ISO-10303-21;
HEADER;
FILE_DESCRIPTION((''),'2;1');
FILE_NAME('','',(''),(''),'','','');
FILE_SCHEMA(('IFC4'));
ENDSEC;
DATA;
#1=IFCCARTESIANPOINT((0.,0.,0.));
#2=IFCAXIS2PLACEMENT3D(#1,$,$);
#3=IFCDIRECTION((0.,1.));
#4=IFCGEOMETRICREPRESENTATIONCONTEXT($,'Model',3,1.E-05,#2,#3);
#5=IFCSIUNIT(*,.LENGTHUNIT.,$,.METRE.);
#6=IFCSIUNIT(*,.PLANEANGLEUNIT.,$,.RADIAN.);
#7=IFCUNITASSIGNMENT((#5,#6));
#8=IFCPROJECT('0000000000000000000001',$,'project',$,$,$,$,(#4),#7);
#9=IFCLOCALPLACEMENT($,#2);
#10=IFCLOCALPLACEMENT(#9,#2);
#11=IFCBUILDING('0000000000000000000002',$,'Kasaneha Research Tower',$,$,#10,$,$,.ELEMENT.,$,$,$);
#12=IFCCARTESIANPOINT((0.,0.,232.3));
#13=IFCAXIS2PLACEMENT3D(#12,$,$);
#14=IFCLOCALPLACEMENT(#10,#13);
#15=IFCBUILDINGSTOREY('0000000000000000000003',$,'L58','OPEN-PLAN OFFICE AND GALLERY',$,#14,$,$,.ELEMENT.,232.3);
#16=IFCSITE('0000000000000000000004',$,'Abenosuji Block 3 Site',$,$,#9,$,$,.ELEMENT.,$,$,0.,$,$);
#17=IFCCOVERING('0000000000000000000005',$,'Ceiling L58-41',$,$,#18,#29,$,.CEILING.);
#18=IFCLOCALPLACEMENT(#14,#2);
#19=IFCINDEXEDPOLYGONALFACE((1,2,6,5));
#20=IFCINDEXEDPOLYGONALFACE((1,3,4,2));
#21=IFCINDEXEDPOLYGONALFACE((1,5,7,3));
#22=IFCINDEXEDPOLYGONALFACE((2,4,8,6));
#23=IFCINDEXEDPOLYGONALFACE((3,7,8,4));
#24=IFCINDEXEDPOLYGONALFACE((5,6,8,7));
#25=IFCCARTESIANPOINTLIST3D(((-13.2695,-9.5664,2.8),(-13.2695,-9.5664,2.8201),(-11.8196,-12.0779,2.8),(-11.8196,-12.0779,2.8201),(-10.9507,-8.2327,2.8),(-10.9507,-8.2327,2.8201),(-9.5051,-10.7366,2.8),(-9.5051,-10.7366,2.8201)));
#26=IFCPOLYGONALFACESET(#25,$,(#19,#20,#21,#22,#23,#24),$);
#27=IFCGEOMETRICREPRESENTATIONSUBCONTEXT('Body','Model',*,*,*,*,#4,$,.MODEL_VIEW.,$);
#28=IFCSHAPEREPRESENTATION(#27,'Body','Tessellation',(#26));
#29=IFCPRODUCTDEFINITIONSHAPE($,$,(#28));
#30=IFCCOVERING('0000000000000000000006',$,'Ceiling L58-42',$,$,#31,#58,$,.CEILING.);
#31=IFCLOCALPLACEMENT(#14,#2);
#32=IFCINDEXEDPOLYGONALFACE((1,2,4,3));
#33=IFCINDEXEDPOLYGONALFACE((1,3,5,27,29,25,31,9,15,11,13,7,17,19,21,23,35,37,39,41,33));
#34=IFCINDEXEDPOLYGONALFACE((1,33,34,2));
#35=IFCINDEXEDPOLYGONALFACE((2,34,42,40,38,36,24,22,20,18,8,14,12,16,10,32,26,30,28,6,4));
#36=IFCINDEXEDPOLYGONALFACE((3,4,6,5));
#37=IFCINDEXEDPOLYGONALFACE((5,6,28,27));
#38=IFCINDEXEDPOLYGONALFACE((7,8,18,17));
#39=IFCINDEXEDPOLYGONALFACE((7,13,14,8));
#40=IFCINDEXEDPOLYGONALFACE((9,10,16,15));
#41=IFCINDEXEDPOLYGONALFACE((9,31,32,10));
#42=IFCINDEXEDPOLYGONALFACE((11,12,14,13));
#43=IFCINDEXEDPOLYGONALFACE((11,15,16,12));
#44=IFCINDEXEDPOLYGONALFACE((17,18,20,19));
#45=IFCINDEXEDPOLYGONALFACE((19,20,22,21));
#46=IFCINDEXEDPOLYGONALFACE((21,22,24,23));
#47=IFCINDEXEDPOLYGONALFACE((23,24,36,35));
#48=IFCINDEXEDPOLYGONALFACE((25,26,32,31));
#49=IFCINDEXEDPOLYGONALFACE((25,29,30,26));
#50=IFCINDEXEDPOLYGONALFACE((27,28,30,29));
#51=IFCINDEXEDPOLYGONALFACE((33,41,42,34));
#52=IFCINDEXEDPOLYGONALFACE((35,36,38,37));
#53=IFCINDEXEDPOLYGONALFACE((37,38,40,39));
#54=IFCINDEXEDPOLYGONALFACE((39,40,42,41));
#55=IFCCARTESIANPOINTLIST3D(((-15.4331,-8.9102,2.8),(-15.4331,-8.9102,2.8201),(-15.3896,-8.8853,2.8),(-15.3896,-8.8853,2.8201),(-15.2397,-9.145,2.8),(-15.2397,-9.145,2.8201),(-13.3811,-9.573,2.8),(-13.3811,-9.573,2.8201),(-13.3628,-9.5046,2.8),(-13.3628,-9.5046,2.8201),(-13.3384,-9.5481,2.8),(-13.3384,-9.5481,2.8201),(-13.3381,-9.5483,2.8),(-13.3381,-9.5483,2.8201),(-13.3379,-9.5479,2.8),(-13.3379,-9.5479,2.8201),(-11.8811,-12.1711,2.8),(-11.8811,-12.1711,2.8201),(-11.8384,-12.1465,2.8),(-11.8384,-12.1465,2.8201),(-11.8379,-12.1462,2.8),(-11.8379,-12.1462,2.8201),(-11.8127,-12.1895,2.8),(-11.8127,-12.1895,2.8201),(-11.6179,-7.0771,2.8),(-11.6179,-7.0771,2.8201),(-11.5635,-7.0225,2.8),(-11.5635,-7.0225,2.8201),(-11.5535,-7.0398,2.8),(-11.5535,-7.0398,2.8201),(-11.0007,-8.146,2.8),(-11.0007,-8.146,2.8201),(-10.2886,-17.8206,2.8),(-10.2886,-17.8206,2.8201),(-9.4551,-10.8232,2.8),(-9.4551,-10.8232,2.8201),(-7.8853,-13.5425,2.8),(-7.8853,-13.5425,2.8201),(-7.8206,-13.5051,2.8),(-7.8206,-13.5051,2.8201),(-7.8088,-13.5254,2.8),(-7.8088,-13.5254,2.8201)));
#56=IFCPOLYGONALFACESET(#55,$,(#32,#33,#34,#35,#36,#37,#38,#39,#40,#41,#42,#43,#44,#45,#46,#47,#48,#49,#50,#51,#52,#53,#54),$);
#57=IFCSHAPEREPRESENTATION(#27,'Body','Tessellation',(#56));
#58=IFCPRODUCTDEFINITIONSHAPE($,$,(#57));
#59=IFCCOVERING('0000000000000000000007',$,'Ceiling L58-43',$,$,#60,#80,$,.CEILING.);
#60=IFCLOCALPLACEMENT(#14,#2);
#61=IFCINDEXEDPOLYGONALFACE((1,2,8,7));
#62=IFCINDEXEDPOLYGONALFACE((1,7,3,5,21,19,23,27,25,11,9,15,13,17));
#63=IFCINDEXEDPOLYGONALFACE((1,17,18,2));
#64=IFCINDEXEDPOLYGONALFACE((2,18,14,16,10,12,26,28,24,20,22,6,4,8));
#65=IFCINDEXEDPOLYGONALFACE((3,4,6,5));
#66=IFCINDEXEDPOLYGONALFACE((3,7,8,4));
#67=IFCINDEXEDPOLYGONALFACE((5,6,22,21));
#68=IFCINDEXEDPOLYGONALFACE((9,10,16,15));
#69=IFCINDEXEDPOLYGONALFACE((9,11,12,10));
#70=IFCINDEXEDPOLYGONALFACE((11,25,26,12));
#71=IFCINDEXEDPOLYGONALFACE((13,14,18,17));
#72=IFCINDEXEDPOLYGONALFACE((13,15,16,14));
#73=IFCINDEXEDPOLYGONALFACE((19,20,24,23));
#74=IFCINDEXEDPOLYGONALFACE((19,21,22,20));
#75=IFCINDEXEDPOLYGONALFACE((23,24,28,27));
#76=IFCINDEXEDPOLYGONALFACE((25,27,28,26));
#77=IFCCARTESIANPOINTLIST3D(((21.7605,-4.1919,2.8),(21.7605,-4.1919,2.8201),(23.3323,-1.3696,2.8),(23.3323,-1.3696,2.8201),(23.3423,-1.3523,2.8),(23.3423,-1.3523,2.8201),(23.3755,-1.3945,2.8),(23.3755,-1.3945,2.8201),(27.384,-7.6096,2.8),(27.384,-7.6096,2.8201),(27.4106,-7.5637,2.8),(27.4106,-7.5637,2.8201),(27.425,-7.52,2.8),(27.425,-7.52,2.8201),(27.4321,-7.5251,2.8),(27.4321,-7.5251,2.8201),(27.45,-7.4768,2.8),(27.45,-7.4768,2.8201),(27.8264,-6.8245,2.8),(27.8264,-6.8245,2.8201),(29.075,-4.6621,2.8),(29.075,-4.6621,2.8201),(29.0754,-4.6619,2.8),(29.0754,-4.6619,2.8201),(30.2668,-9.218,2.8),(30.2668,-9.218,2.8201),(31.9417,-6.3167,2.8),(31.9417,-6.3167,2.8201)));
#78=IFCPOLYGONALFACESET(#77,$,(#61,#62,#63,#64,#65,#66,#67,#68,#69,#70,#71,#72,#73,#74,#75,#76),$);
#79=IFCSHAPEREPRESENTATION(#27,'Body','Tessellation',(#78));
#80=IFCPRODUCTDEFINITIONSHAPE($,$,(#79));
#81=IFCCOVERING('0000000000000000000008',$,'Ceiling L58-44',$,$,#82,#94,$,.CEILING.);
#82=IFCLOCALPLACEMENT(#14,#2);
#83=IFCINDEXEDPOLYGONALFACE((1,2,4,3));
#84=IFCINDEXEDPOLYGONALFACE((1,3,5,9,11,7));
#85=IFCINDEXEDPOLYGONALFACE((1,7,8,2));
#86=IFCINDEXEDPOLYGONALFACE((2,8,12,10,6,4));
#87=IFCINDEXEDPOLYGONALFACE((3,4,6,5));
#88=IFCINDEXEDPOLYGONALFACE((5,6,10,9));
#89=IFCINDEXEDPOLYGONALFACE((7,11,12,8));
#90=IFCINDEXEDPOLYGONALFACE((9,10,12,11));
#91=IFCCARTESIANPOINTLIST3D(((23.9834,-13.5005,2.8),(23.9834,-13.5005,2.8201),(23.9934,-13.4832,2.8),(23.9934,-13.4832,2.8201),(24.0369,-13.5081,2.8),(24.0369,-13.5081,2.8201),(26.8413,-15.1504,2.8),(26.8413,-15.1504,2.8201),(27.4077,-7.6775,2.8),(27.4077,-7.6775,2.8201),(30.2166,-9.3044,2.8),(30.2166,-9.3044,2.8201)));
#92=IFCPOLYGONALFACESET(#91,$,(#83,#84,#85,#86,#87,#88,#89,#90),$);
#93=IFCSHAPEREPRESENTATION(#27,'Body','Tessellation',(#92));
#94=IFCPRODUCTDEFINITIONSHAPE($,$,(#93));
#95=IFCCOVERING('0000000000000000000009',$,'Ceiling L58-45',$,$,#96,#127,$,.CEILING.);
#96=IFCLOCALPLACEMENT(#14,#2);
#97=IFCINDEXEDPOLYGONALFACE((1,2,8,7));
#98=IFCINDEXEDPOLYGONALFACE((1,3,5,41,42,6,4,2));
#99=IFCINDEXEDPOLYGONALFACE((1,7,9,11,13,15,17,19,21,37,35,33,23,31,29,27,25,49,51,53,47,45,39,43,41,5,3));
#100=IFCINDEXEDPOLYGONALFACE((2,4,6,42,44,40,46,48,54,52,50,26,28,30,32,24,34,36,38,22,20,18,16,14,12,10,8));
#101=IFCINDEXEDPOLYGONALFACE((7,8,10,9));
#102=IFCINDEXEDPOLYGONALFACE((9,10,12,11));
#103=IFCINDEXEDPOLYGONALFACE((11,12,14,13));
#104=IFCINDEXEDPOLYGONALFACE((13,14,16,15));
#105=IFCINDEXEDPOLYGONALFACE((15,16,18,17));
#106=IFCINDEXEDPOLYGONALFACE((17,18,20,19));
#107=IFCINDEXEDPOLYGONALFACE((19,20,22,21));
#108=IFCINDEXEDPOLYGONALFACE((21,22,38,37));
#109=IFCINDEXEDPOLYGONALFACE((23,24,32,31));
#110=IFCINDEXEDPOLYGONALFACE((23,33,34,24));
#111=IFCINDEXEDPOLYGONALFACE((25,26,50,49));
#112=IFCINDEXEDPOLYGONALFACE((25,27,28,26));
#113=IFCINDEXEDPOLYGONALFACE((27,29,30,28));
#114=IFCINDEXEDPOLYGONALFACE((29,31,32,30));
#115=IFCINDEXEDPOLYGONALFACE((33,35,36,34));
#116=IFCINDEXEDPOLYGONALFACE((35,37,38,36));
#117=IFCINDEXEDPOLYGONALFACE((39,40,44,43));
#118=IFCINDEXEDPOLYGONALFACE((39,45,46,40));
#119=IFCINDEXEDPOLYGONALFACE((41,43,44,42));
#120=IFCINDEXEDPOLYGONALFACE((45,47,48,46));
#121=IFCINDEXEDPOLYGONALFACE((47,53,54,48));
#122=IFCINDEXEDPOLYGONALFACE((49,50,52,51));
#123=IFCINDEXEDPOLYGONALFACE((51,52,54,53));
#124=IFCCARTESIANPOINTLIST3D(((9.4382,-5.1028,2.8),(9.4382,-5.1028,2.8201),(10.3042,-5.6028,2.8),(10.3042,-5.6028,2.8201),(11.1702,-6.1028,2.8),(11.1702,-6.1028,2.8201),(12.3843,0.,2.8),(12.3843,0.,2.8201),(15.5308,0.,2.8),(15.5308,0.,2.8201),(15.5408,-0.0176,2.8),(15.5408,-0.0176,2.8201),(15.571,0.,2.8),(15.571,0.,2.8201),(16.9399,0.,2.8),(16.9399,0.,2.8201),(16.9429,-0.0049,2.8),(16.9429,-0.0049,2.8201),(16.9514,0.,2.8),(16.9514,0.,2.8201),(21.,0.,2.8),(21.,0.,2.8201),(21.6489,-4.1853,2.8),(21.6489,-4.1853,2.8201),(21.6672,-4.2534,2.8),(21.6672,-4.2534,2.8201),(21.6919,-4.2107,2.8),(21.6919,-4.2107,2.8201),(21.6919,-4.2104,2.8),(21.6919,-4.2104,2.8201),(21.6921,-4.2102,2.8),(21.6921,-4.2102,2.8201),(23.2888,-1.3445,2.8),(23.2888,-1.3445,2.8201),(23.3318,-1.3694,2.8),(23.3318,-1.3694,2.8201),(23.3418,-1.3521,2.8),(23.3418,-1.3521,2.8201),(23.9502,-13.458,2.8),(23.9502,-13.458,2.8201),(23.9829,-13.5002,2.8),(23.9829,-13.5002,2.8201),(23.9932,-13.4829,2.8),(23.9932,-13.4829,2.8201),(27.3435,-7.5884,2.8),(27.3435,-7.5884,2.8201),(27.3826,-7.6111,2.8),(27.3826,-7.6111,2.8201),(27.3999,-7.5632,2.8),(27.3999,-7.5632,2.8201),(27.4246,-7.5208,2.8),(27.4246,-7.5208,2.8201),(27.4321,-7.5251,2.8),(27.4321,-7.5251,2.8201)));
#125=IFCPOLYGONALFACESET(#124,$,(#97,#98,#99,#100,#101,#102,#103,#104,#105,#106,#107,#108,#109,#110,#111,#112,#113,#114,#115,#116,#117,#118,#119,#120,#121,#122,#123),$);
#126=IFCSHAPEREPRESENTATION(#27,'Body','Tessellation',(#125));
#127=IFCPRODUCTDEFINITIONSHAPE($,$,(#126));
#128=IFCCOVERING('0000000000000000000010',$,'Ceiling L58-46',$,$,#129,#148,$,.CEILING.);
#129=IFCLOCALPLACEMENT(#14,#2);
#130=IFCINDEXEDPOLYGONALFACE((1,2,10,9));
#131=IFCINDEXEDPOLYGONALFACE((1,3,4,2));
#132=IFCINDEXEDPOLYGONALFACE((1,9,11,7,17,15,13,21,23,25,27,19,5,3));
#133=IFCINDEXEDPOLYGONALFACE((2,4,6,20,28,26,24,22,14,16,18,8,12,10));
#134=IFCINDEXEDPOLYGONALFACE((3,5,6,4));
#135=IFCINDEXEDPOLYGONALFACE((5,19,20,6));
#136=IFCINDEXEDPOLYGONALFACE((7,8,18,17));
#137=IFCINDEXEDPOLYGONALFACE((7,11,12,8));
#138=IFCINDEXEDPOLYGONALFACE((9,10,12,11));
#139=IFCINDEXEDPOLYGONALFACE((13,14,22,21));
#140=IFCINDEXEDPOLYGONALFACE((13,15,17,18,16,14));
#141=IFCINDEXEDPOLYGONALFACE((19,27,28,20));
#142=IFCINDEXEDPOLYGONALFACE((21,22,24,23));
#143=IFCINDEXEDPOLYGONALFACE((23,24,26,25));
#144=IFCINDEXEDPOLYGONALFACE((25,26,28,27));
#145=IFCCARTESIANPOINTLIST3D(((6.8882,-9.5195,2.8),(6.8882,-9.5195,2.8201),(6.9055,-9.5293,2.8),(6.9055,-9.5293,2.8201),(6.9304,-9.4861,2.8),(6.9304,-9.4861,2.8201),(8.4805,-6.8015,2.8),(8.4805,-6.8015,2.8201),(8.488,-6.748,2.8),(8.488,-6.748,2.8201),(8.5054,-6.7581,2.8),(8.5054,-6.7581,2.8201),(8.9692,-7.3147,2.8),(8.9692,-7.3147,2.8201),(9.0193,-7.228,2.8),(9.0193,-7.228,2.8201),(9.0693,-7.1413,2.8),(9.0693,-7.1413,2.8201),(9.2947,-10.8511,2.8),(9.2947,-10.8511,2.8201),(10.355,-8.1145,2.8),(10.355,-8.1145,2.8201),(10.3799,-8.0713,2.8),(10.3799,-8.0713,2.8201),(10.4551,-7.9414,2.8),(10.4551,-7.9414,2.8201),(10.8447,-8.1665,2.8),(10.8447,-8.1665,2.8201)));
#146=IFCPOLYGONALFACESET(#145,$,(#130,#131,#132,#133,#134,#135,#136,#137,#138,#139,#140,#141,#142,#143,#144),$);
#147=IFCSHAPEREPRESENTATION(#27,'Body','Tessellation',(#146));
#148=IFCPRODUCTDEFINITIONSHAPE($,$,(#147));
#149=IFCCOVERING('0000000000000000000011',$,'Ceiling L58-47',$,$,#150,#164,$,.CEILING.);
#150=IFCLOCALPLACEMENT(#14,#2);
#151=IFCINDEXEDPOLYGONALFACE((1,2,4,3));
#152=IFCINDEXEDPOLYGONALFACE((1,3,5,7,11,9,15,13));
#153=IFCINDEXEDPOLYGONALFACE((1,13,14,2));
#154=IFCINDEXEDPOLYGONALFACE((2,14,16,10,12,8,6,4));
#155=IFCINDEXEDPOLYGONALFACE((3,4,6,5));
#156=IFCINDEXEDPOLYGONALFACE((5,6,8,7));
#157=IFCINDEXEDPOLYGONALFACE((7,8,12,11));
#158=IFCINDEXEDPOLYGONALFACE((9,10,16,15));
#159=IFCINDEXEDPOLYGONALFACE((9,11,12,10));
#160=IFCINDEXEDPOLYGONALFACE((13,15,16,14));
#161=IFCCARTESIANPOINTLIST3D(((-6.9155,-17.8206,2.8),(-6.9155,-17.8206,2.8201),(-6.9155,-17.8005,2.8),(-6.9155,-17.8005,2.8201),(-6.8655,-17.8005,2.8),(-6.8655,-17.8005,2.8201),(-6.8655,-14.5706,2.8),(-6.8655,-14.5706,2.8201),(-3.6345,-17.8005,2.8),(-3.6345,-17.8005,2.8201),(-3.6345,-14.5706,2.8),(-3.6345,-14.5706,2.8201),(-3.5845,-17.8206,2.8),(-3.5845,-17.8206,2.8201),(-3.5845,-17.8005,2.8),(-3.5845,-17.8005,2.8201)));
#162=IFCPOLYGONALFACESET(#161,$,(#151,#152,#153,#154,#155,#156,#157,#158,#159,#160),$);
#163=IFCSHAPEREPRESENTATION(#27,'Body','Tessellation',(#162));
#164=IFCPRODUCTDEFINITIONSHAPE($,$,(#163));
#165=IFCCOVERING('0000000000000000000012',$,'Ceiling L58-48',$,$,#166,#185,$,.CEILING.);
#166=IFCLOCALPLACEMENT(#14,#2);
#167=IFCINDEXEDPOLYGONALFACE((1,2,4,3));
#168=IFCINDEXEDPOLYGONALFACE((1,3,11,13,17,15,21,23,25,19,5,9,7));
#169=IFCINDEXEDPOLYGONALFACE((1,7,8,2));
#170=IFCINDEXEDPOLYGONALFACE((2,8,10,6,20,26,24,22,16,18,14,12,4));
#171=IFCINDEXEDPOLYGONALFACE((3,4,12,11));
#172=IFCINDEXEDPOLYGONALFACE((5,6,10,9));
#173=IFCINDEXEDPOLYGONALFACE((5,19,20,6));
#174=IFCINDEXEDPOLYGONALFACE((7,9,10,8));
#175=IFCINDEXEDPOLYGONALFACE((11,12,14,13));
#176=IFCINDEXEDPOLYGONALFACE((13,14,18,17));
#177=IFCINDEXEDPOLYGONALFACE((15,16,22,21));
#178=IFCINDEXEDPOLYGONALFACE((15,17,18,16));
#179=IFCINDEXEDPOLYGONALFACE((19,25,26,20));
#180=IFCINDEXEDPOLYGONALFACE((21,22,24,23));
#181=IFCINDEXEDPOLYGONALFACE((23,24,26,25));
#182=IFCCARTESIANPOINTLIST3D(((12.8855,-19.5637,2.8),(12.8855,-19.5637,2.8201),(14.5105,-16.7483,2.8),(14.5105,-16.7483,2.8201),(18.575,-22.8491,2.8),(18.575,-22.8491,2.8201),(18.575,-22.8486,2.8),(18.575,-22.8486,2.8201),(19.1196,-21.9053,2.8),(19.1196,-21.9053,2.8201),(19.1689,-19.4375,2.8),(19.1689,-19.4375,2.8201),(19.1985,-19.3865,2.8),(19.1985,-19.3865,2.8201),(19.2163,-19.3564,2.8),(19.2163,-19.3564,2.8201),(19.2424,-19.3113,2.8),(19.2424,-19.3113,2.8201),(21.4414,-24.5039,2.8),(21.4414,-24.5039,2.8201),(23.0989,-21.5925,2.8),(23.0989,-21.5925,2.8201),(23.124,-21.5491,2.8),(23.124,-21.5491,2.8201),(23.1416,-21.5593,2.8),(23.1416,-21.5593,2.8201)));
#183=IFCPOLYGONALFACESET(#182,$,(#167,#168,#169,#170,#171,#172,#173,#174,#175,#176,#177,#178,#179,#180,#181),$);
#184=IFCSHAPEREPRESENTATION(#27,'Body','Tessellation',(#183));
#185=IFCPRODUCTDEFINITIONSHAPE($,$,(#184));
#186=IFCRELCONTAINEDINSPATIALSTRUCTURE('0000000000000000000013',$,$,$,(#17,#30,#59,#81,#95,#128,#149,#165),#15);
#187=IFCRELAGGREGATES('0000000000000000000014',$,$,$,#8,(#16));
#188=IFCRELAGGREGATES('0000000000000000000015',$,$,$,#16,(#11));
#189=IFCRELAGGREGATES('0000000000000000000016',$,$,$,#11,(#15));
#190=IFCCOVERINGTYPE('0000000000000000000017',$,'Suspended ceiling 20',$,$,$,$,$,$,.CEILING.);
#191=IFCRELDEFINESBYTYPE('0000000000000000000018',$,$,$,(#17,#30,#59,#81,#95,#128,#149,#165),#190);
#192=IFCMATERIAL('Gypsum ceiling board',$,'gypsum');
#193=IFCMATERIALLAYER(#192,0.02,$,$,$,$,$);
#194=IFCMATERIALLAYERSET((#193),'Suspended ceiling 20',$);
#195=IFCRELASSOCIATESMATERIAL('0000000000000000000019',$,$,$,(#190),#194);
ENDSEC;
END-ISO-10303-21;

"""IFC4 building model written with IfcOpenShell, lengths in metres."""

from ifc_helpers import new_model, si_unit, direction, frame, origin, place, context, subcontext, project, spatial, polyline, outline, extrude, material, layer, layer_set, type_object, element, save


model = new_model("IFC4")

# Units and contexts
model_context = context("Model", 3, precision=1e-05, world=origin(), true_north=direction((0.0, 1.0)))
body_context = subcontext(model_context, "Body", "Model", "MODEL_VIEW")
ifc_project = project(units=[si_unit("LENGTHUNIT", "METRE"), si_unit("PLANEANGLEUNIT", "RADIAN")], contexts=[model_context])

# Site, building, storey
site_placement = place(None, origin())
site = spatial("IfcSite", under=ifc_project, at=site_placement, Name="Abenosuji Block 3 Site", CompositionType="ELEMENT", RefElevation=0.0)
building_placement = place(site_placement, origin())
building = spatial("IfcBuilding", under=site, at=building_placement, Name="Kasaneha Research Tower", CompositionType="ELEMENT")
storey_placement = place(building_placement, frame((0.0, 0.0, 232.3)))
storey = spatial("IfcBuildingStorey", under=building, at=storey_placement, Name="L58", Description="OPEN-PLAN OFFICE AND GALLERY", CompositionType="ELEMENT", Elevation=232.3)

# Coverings
ifc_material_1 = material(Name="Gypsum ceiling board", Category="gypsum")
ifc_layer_1 = layer(ifc_material_1, 0.02)
ifc_layer_set_1 = layer_set([ifc_layer_1], Name="Suspended ceiling 20")
covering_type_1 = type_object("IfcCoveringType", Name="Suspended ceiling 20", PredefinedType="CEILING", material=ifc_layer_set_1)
covering_1_placement = place(storey_placement, frame((0.0, 0.0, 2.8)))
element("IfcCovering", 1, at=covering_1_placement, inside=storey, type_object=covering_type_1, Name="Ceiling L58-41", PredefinedType="CEILING", context=body_context, shape_type="SweptSolid", body=[
    extrude(outline(polyline([(-13.2695, -9.5664), (-10.9507, -8.2327), (-9.5051, -10.7366), (-11.8196, -12.0779), (-13.2695, -9.5664)])), origin(), (0.0, 0.0, 1.0), 0.02),
])
covering_2_placement = place(storey_placement, frame((0.0, 0.0, 2.8)))
element("IfcCovering", 2, at=covering_2_placement, inside=storey, type_object=covering_type_1, Name="Ceiling L58-42", PredefinedType="CEILING", context=body_context, shape_type="SweptSolid", body=[
    extrude(outline(polyline([(-11.5535, -7.0398), (-11.6179, -7.0771), (-11.0007, -8.146), (-13.3628, -9.5046), (-13.3379, -9.5479), (-13.3384, -9.5481), (-13.3381, -9.5483), (-13.3811, -9.573), (-11.8811, -12.1711), (-11.8384, -12.1465), (-11.8384, -12.1465), (-11.8379, -12.1462), (-11.8127, -12.1895), (-9.4551, -10.8232), (-7.8853, -13.5425), (-7.8206, -13.5051), (-7.8088, -13.5254), (-10.2886, -17.8206), (-15.4331, -8.9102), (-15.3896, -8.8853), (-15.2397, -9.145), (-15.2397, -9.145), (-15.2397, -9.145), (-11.5635, -7.0225), (-11.5535, -7.0398)])), origin(), (0.0, 0.0, 1.0), 0.02),
])
covering_3_placement = place(storey_placement, frame((0.0, 0.0, 2.8)))
element("IfcCovering", 3, at=covering_3_placement, inside=storey, type_object=covering_type_1, Name="Ceiling L58-43", PredefinedType="CEILING", context=body_context, shape_type="SweptSolid", body=[
    extrude(outline(polyline([(27.8264, -6.8245), (29.0754, -4.6619), (31.9417, -6.3167), (30.2668, -9.218), (27.4106, -7.5637), (27.384, -7.6096), (27.4321, -7.5251), (27.425, -7.52), (27.45, -7.4768), (21.7605, -4.1919), (23.3755, -1.3945), (23.3323, -1.3696), (23.3423, -1.3523), (29.075, -4.6621), (27.8264, -6.8245)])), origin(), (0.0, 0.0, 1.0), 0.02),
])
covering_4_placement = place(storey_placement, frame((0.0, 0.0, 2.8)))
element("IfcCovering", 4, at=covering_4_placement, inside=storey, type_object=covering_type_1, Name="Ceiling L58-44", PredefinedType="CEILING", context=body_context, shape_type="SweptSolid", body=[
    extrude(outline(polyline([(23.9834, -13.5005), (23.9934, -13.4832), (24.0369, -13.5081), (27.4077, -7.6775), (30.2166, -9.3044), (26.8413, -15.1504), (23.9834, -13.5005)])), origin(), (0.0, 0.0, 1.0), 0.02),
])
covering_5_placement = place(storey_placement, frame((0.0, 0.0, 2.8)))
element("IfcCovering", 5, at=covering_5_placement, inside=storey, type_object=covering_type_1, Name="Ceiling L58-45", PredefinedType="CEILING", context=body_context, shape_type="SweptSolid", body=[
    extrude(outline(polyline([(9.4382, -5.1028), (12.3843, 0.0), (15.5308, 0.0), (15.5408, -0.0176), (15.571, 0.0), (16.9399, 0.0), (16.9429, -0.0049), (16.9514, 0.0), (21.0, 0.0), (23.3418, -1.3521), (23.3318, -1.3694), (23.2888, -1.3445), (21.6489, -4.1853), (21.6921, -4.2102), (21.6919, -4.2104), (21.6919, -4.2107), (21.6672, -4.2534), (27.3999, -7.5632), (27.4246, -7.5208), (27.4321, -7.5251), (27.3826, -7.6111), (27.3435, -7.5884), (23.9502, -13.458), (23.9932, -13.4829), (23.9829, -13.5002), (11.1702, -6.1028), (11.1702, -6.1028), (10.3042, -5.6028), (10.3042, -5.6028), (9.4382, -5.1028)])), origin(), (0.0, 0.0, 1.0), 0.02),
])
covering_6_placement = place(storey_placement, frame((0.0, 0.0, 2.8)))
element("IfcCovering", 6, at=covering_6_placement, inside=storey, type_object=covering_type_1, Name="Ceiling L58-46", PredefinedType="CEILING", context=body_context, shape_type="SweptSolid", body=[
    extrude(outline(polyline([(8.488, -6.748), (8.5054, -6.7581), (8.4805, -6.8015), (9.0693, -7.1414), (9.0942, -7.0981), (9.0942, -7.0981), (9.0193, -7.228), (9.0193, -7.228), (8.9692, -7.3147), (10.355, -8.1145), (10.3799, -8.0713), (10.3799, -8.0713), (10.4551, -7.9414), (10.8447, -8.1665), (9.2947, -10.8511), (6.9304, -9.4861), (6.9055, -9.5293), (6.8882, -9.5195), (8.488, -6.748)])), origin(), (0.0, 0.0, 1.0), 0.02),
])
covering_7_placement = place(storey_placement, frame((0.0, 0.0, 2.8)))
element("IfcCovering", 7, at=covering_7_placement, inside=storey, type_object=covering_type_1, Name="Ceiling L58-47", PredefinedType="CEILING", context=body_context, shape_type="SweptSolid", body=[
    extrude(outline(polyline([(-6.9155, -17.8206), (-6.9155, -17.8005), (-6.8655, -17.8005), (-6.8655, -14.5706), (-3.6345, -14.5706), (-3.6345, -17.8005), (-3.5845, -17.8005), (-3.5845, -17.8206), (-6.9155, -17.8206)])), origin(), (0.0, 0.0, 1.0), 0.02),
])
covering_8_placement = place(storey_placement, frame((0.0, 0.0, 2.8)))
element("IfcCovering", 8, at=covering_8_placement, inside=storey, type_object=covering_type_1, Name="Ceiling L58-48", PredefinedType="CEILING", context=body_context, shape_type="SweptSolid", body=[
    extrude(outline(polyline([(19.2424, -19.3113), (19.2163, -19.3564), (23.0989, -21.5925), (23.124, -21.5491), (23.1416, -21.5593), (21.4414, -24.5039), (18.575, -22.8491), (19.1196, -21.9053), (18.575, -22.8486), (12.8855, -19.5637), (14.5105, -16.7483), (19.1689, -19.4375), (19.1985, -19.3865), (19.2424, -19.3113)])), origin(), (0.0, 0.0, 1.0), 0.02),
])

save(model, "model.ifc")
